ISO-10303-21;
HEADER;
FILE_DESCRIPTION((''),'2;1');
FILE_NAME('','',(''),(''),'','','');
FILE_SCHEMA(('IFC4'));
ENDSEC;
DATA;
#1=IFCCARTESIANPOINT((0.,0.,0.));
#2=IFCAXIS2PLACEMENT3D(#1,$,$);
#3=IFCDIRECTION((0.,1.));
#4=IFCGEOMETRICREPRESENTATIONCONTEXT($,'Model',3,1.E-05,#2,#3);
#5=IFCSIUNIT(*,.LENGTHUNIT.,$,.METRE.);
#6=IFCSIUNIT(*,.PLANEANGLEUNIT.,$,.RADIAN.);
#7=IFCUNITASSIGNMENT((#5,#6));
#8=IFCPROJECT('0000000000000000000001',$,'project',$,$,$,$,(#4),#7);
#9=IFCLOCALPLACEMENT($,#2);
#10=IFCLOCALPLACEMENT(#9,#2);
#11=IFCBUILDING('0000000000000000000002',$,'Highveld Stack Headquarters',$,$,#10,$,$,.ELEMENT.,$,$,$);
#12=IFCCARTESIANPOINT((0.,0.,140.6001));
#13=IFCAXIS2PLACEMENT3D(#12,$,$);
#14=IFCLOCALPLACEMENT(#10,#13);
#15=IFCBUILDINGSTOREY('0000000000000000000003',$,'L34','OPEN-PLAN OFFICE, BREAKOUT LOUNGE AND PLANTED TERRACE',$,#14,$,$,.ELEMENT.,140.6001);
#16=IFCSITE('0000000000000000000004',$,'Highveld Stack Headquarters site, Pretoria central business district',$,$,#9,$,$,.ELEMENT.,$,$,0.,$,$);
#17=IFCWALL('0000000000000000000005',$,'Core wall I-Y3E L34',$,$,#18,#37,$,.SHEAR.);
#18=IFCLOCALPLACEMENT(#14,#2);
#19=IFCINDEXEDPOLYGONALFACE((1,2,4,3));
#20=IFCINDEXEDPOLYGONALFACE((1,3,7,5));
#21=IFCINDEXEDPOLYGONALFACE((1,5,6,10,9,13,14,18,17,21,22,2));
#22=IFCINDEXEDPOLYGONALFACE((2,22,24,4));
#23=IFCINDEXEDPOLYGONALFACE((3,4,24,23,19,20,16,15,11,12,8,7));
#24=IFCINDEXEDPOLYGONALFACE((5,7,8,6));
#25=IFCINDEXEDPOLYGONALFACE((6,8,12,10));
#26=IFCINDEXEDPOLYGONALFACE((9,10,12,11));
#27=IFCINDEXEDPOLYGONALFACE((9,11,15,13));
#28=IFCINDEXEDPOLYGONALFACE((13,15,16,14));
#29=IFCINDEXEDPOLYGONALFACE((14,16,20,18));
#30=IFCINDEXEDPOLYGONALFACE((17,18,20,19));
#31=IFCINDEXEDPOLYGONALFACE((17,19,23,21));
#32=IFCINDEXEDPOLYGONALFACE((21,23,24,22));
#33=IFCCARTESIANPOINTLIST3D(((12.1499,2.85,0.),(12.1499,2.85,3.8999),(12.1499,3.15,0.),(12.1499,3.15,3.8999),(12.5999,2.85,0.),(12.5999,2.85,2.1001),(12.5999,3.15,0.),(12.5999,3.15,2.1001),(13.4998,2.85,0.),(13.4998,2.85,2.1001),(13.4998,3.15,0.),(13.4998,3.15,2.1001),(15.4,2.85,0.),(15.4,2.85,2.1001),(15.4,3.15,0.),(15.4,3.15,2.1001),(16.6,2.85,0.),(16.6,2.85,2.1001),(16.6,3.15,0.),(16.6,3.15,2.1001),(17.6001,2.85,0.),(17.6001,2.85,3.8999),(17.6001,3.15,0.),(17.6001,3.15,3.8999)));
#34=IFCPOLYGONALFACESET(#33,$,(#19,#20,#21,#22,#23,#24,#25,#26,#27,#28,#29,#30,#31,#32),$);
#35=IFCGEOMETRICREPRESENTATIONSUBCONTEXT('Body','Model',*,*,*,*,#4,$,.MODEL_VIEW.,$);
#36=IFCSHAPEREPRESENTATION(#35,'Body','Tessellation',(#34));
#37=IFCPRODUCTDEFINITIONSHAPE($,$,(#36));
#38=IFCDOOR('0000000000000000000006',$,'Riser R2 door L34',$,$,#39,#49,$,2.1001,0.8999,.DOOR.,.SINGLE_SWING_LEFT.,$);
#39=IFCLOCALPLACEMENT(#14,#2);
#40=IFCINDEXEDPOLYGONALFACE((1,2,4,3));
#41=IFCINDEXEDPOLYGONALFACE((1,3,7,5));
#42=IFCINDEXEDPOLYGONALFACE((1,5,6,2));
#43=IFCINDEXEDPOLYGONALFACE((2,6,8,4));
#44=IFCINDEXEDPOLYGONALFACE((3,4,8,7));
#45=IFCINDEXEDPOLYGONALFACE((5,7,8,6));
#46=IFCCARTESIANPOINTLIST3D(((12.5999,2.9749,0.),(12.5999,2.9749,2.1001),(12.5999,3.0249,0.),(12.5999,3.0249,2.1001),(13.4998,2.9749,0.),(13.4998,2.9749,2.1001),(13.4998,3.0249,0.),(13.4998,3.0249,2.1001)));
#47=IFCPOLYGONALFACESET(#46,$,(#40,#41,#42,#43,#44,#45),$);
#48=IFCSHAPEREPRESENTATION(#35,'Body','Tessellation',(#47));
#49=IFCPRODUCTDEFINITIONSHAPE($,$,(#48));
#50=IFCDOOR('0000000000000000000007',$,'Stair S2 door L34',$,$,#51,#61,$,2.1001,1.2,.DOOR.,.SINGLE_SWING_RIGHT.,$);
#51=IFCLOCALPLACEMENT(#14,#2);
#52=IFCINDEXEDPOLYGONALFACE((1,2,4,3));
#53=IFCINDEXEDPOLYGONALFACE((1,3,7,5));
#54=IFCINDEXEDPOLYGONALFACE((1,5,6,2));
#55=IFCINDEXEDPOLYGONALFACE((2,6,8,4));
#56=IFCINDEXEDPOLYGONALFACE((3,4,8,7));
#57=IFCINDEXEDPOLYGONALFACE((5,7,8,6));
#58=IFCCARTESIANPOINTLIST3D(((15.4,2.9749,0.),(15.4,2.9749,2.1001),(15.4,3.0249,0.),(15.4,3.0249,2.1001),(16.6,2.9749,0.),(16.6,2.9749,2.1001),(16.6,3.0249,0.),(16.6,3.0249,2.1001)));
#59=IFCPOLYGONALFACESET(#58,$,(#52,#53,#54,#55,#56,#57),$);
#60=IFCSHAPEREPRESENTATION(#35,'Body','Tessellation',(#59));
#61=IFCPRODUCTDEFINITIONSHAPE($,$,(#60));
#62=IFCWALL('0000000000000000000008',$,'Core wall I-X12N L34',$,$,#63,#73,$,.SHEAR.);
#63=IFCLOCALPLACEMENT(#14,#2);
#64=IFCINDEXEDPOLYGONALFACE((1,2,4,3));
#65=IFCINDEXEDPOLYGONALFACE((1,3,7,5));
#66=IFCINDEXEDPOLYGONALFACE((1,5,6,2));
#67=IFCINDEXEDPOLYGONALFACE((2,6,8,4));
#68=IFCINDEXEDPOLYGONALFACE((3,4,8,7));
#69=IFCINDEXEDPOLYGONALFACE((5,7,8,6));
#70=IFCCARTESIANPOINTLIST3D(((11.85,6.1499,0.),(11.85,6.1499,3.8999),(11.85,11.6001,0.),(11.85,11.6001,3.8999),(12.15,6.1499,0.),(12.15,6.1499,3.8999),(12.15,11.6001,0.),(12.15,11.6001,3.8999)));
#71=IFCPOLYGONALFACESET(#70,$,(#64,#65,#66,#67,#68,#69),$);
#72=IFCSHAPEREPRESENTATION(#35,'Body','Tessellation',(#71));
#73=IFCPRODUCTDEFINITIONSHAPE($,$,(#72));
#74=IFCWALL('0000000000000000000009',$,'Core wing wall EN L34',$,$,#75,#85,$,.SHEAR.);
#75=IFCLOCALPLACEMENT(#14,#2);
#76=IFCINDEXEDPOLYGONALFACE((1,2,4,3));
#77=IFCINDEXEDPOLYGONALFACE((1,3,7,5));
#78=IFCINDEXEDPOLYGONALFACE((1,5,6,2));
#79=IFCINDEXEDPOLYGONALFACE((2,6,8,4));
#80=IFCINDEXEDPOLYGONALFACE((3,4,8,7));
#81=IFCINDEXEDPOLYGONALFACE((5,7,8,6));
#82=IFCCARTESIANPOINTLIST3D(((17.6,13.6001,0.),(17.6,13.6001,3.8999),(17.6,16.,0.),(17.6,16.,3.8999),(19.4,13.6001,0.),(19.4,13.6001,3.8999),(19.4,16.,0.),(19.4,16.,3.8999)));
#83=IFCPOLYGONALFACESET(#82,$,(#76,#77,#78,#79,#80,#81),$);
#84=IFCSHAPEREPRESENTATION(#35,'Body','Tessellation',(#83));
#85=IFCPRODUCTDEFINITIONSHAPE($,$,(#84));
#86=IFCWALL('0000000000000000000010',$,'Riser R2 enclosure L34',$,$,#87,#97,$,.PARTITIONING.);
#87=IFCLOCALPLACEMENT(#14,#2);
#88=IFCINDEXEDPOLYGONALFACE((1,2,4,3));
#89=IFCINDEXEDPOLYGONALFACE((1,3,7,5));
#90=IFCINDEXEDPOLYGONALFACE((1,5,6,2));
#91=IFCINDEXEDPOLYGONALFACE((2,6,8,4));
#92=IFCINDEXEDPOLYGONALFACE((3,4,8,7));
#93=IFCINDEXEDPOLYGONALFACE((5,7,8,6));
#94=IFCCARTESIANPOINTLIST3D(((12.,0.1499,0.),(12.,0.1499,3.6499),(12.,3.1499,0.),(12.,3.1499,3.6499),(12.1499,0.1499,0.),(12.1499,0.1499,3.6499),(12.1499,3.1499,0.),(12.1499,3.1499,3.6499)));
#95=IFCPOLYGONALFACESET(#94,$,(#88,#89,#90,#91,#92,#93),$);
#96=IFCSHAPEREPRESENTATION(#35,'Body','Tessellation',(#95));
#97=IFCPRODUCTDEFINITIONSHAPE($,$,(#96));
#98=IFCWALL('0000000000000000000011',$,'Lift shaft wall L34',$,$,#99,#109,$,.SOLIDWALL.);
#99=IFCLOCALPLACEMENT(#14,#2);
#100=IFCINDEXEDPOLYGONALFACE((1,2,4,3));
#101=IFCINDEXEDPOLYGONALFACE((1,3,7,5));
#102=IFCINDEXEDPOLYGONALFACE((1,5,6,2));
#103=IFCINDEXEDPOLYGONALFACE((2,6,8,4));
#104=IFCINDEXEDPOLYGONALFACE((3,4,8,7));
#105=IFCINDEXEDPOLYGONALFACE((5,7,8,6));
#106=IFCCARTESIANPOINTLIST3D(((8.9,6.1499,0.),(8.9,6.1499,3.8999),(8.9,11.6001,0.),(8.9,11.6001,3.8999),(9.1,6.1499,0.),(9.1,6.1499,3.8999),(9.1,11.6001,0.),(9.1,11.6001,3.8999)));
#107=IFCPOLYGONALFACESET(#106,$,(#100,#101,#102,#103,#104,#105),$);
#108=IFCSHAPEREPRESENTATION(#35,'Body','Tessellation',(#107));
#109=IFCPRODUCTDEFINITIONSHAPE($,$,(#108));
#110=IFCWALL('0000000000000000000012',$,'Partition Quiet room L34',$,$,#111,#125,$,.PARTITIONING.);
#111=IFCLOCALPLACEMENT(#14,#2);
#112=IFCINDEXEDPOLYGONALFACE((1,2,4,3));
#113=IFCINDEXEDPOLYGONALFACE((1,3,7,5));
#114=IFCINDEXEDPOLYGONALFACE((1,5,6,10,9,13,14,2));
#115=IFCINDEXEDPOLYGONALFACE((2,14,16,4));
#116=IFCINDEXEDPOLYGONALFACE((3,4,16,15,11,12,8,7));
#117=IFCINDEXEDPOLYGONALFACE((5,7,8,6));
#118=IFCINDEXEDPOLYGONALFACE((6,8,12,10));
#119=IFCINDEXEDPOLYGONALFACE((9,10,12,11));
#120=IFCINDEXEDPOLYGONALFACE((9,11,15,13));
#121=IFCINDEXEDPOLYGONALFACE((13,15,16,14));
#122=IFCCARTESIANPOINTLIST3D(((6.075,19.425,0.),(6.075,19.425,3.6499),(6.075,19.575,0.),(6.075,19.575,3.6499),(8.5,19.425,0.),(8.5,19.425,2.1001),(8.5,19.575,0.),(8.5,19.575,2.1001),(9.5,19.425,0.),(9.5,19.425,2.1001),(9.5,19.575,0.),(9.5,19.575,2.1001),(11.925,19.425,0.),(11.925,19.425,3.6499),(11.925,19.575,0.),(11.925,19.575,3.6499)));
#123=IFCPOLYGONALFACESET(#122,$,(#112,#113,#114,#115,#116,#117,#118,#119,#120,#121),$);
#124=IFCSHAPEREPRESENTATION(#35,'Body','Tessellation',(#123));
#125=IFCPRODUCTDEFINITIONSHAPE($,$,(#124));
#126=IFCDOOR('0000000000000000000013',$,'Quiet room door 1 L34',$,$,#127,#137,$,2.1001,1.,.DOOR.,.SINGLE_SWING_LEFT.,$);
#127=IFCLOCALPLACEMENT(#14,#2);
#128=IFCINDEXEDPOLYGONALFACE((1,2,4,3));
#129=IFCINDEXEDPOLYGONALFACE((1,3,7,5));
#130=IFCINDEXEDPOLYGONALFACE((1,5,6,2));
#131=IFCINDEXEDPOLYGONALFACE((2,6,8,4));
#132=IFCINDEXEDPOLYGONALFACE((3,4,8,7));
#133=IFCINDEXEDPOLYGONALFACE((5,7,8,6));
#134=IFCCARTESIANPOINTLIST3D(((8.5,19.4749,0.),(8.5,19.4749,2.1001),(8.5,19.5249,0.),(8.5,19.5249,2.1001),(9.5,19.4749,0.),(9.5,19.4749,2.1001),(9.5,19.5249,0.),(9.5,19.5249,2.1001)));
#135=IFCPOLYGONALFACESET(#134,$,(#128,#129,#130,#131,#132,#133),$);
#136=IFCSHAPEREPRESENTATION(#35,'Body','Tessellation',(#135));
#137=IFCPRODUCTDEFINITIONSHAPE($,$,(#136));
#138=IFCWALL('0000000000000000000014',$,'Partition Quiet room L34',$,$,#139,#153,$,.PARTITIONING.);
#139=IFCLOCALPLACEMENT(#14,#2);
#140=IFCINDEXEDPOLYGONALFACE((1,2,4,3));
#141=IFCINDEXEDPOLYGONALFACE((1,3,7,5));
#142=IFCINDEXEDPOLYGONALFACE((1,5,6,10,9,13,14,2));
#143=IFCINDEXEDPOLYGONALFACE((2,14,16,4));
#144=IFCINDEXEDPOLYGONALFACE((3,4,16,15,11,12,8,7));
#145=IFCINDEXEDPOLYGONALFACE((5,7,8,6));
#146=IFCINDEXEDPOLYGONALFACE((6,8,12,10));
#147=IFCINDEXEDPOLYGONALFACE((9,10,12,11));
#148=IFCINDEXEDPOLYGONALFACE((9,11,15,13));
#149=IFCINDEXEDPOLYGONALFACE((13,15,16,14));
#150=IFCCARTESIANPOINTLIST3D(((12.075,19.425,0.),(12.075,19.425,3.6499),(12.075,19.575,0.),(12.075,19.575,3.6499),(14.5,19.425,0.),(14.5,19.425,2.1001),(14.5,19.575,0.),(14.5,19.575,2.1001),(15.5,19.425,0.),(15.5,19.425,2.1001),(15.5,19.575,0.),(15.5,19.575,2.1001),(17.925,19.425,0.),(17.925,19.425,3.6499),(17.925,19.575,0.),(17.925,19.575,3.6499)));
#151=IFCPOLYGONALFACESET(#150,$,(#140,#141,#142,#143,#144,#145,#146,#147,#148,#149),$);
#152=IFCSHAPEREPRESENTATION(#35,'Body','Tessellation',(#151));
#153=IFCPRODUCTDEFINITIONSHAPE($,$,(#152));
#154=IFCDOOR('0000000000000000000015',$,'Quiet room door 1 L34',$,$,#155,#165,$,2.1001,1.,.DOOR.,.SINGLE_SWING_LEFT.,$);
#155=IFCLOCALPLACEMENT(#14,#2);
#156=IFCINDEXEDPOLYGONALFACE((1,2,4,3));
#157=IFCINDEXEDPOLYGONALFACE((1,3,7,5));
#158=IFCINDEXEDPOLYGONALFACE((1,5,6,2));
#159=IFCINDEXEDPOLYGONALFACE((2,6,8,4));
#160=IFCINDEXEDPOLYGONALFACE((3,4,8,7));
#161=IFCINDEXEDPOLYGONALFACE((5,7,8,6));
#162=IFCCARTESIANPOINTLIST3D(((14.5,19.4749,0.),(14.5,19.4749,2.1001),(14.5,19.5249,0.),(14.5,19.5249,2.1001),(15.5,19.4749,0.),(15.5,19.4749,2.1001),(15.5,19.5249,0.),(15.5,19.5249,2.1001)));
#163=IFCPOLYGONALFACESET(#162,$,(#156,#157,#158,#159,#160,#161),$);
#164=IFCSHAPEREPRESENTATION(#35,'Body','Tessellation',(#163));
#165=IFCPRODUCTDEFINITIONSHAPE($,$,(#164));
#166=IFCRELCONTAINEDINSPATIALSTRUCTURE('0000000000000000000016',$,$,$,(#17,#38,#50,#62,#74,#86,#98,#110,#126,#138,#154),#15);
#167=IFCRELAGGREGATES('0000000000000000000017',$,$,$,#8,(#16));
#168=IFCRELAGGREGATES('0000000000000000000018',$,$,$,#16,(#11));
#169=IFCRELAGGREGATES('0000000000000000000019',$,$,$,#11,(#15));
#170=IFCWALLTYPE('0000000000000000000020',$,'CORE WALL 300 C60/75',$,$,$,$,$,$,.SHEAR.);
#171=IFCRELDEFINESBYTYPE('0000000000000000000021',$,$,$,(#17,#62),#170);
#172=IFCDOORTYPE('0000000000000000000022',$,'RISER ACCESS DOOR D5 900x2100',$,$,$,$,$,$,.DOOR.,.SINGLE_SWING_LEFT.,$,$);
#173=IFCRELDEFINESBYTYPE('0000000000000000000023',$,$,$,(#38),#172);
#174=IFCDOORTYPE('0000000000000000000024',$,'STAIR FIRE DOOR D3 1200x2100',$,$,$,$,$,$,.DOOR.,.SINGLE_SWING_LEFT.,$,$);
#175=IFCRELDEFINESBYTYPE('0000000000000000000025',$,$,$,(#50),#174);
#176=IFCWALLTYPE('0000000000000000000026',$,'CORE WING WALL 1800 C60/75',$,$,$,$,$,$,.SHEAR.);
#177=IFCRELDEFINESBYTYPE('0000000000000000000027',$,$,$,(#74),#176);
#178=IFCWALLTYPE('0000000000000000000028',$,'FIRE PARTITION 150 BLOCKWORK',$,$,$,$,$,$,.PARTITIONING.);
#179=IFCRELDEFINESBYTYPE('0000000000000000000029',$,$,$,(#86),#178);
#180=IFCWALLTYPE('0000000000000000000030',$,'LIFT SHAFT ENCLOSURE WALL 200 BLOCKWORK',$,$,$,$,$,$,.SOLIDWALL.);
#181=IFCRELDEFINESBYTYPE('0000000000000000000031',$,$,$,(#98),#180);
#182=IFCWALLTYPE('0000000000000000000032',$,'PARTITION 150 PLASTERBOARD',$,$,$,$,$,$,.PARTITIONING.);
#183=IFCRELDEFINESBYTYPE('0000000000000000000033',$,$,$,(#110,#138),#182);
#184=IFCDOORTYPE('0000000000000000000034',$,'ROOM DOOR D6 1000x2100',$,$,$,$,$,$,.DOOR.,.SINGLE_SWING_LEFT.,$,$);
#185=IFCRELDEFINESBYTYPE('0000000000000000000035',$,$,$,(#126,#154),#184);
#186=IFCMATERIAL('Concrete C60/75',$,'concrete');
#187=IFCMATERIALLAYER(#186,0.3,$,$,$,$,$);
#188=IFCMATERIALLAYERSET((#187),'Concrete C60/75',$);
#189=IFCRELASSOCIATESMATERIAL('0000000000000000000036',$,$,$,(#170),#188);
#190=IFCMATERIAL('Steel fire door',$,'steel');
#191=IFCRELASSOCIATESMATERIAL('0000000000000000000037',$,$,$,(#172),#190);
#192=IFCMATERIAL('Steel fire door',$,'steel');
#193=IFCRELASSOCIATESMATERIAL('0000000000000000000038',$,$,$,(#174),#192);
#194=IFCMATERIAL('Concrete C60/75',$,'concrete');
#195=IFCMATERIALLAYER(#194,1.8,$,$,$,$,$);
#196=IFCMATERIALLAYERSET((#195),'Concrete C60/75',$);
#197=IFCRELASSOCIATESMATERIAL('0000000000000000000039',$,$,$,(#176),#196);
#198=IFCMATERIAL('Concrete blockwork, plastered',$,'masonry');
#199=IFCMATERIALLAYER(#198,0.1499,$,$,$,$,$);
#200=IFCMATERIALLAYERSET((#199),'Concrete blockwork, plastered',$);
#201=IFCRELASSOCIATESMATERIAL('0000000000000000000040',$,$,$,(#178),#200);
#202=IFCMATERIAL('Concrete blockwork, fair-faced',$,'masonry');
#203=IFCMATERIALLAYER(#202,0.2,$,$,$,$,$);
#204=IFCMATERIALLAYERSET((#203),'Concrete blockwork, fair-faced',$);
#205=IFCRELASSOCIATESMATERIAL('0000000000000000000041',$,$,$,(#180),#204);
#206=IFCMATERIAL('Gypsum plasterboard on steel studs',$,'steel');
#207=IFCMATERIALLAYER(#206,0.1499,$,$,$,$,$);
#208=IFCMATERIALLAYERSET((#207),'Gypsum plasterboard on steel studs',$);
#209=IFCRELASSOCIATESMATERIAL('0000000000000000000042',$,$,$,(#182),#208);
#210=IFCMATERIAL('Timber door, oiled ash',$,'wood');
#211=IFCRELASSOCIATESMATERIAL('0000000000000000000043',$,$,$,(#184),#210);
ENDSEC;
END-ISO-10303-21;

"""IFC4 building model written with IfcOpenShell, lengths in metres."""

from ifc_helpers import new_model, si_unit, direction, frame, frame_2d, origin, place, context, subcontext, project, spatial, rectangle, extrude, material, layer, layer_set, type_object, element, fill, save


model = new_model("IFC4")

# Units and contexts
model_context = context("Model", 3, precision=1e-05, world=origin(), true_north=direction((0.0, 1.0)))
body_context = subcontext(model_context, "Body", "Model", "MODEL_VIEW")
ifc_project = project(units=[si_unit("LENGTHUNIT", "METRE"), si_unit("PLANEANGLEUNIT", "RADIAN")], contexts=[model_context])

# Site, building, storey
site_placement = place(None, origin())
site = spatial("IfcSite", under=ifc_project, at=site_placement, Name="Highveld Stack Headquarters site, Pretoria central business district", CompositionType="ELEMENT", RefElevation=0.0)
building_placement = place(site_placement, origin())
building = spatial("IfcBuilding", under=site, at=building_placement, Name="Highveld Stack Headquarters", CompositionType="ELEMENT")
storey_placement = place(building_placement, frame((0.0, 0.0, 140.6001)))
storey = spatial("IfcBuildingStorey", under=building, at=storey_placement, Name="L34", Description="OPEN-PLAN OFFICE, BREAKOUT LOUNGE AND PLANTED TERRACE", CompositionType="ELEMENT", Elevation=140.6001)

# Wall, openings, doors
ifc_material_1 = material(Name="Concrete C60/75", Category="concrete")
ifc_layer_1 = layer(ifc_material_1, 0.3)
ifc_layer_set_1 = layer_set([ifc_layer_1], Name="Concrete C60/75")
wall_type_1 = type_object("IfcWallType", Name="CORE WALL 300 C60/75", PredefinedType="SHEAR", material=ifc_layer_set_1)
wall_1_placement = place(storey_placement, frame((12.1499, 3.0, 0.0), z_axis=(0.0, 0.0, 1.0), x_axis=(1.0, 0.0, 0.0)))
wall_1 = element("IfcWall", 1, at=wall_1_placement, inside=storey, type_object=wall_type_1, Name="Core wall I-Y3E L34", PredefinedType="SHEAR", context=body_context, shape_type="SweptSolid", body=[
    extrude(rectangle(XDim=5.4502, YDim=0.3, at=frame_2d((2.7251, 0.0))), origin(), (0.0, 0.0, 1.0), 3.8999),
])
opening_1_placement = place(wall_1_placement, frame((3.25, 0.0, 0.0)))
opening_1 = element("IfcOpeningElement", 2, at=opening_1_placement, cuts=wall_1, PredefinedType="OPENING", context=body_context, shape_type="SweptSolid", body=[
    extrude(rectangle(XDim=1.2, YDim=2.1001, at=frame_2d((0.6001, 1.05))), frame((0.0, 0.1599, 0.0), z_axis=(0.0, -1.0, 0.0), x_axis=(1.0, 0.0, 0.0)), (0.0, 0.0, 1.0), 0.3201),
])
opening_2_placement = place(wall_1_placement, frame((0.45, 0.0, 0.0)))
opening_2 = element("IfcOpeningElement", 3, at=opening_2_placement, cuts=wall_1, PredefinedType="OPENING", context=body_context, shape_type="SweptSolid", body=[
    extrude(rectangle(XDim=0.8999, YDim=2.1001, at=frame_2d((0.45, 1.05))), frame((0.0, 0.1599, 0.0), z_axis=(0.0, -1.0, 0.0), x_axis=(1.0, 0.0, 0.0)), (0.0, 0.0, 1.0), 0.3201),
])
ifc_material_2 = material(Name="Steel fire door", Category="steel")
door_type_1 = type_object("IfcDoorType", Name="RISER ACCESS DOOR D5 900x2100", OperationType="SINGLE_SWING_LEFT", PredefinedType="DOOR", material=ifc_material_2)
door_1_placement = place(opening_2_placement, origin())
door_1 = element("IfcDoor", 4, at=door_1_placement, inside=storey, type_object=door_type_1, Name="Riser R2 door L34", OperationType="SINGLE_SWING_LEFT", OverallHeight=2.1001, OverallWidth=0.8999, PredefinedType="DOOR", context=body_context, shape_type="SweptSolid", body=[
    extrude(rectangle(XDim=0.8999, YDim=2.1001, at=frame_2d((0.45, 1.05))), frame((0.0, 0.0249, 0.0), z_axis=(0.0, -1.0, 0.0), x_axis=(1.0, 0.0, 0.0)), (0.0, 0.0, 1.0), 0.05),
])
fill(opening_2, door_1)
ifc_material_3 = material(Name="Steel fire door", Category="steel")
door_type_2 = type_object("IfcDoorType", Name="STAIR FIRE DOOR D3 1200x2100", OperationType="SINGLE_SWING_LEFT", PredefinedType="DOOR", material=ifc_material_3)
door_2_placement = place(opening_1_placement, origin())
door_2 = element("IfcDoor", 5, at=door_2_placement, inside=storey, type_object=door_type_2, Name="Stair S2 door L34", OperationType="SINGLE_SWING_RIGHT", OverallHeight=2.1001, OverallWidth=1.2, PredefinedType="DOOR", context=body_context, shape_type="SweptSolid", body=[
    extrude(rectangle(XDim=1.2, YDim=2.1001, at=frame_2d((0.6001, 1.05))), frame((0.0, 0.0249, 0.0), z_axis=(0.0, -1.0, 0.0), x_axis=(1.0, 0.0, 0.0)), (0.0, 0.0, 1.0), 0.05),
])
fill(opening_1, door_2)

# Walls
wall_2_placement = place(storey_placement, frame((12.0, 6.1499, 0.0), z_axis=(0.0, 0.0, 1.0), x_axis=(0.0, 1.0, 0.0)))
element("IfcWall", 6, at=wall_2_placement, inside=storey, type_object=wall_type_1, Name="Core wall I-X12N L34", PredefinedType="SHEAR", context=body_context, shape_type="SweptSolid", body=[
    extrude(rectangle(XDim=5.4502, YDim=0.3, at=frame_2d((2.7251, 0.0))), origin(), (0.0, 0.0, 1.0), 3.8999),
])
ifc_material_4 = material(Name="Concrete C60/75", Category="concrete")
ifc_layer_2 = layer(ifc_material_4, 1.8)
ifc_layer_set_2 = layer_set([ifc_layer_2], Name="Concrete C60/75")
wall_type_2 = type_object("IfcWallType", Name="CORE WING WALL 1800 C60/75", PredefinedType="SHEAR", material=ifc_layer_set_2)
wall_3_placement = place(storey_placement, frame((18.5, 13.6001, 0.0), z_axis=(0.0, 0.0, 1.0), x_axis=(0.0, 1.0, 0.0)))
element("IfcWall", 7, at=wall_3_placement, inside=storey, type_object=wall_type_2, Name="Core wing wall EN L34", PredefinedType="SHEAR", context=body_context, shape_type="SweptSolid", body=[
    extrude(rectangle(XDim=2.3999, YDim=1.8, at=frame_2d((1.2, 0.0))), origin(), (0.0, 0.0, 1.0), 3.8999),
])
ifc_material_5 = material(Name="Concrete blockwork, plastered", Category="masonry")
ifc_layer_3 = layer(ifc_material_5, 0.1499)
ifc_layer_set_3 = layer_set([ifc_layer_3], Name="Concrete blockwork, plastered")
wall_type_3 = type_object("IfcWallType", Name="FIRE PARTITION 150 BLOCKWORK", PredefinedType="PARTITIONING", material=ifc_layer_set_3)
wall_4_placement = place(storey_placement, frame((12.075, 0.1499, 0.0), z_axis=(0.0, 0.0, 1.0), x_axis=(0.0, 1.0, 0.0)))
element("IfcWall", 8, at=wall_4_placement, inside=storey, type_object=wall_type_3, Name="Riser R2 enclosure L34", PredefinedType="PARTITIONING", context=body_context, shape_type="SweptSolid", body=[
    extrude(rectangle(XDim=3.0, YDim=0.1499, at=frame_2d((1.5, 0.0))), origin(), (0.0, 0.0, 1.0), 3.6499),
])
ifc_material_6 = material(Name="Concrete blockwork, fair-faced", Category="masonry")
ifc_layer_4 = layer(ifc_material_6, 0.2)
ifc_layer_set_4 = layer_set([ifc_layer_4], Name="Concrete blockwork, fair-faced")
wall_type_4 = type_object("IfcWallType", Name="LIFT SHAFT ENCLOSURE WALL 200 BLOCKWORK", PredefinedType="SOLIDWALL", material=ifc_layer_set_4)
wall_5_placement = place(storey_placement, frame((9.0, 6.1499, 0.0), z_axis=(0.0, 0.0, 1.0), x_axis=(0.0, 1.0, 0.0)))
element("IfcWall", 9, at=wall_5_placement, inside=storey, type_object=wall_type_4, Name="Lift shaft wall L34", PredefinedType="SOLIDWALL", context=body_context, shape_type="SweptSolid", body=[
    extrude(rectangle(XDim=5.4502, YDim=0.2, at=frame_2d((2.7251, 0.0))), origin(), (0.0, 0.0, 1.0), 3.8999),
])

# Walls, openings, doors
ifc_material_7 = material(Name="Gypsum plasterboard on steel studs", Category="steel")
ifc_layer_5 = layer(ifc_material_7, 0.1499)
ifc_layer_set_5 = layer_set([ifc_layer_5], Name="Gypsum plasterboard on steel studs")
wall_type_5 = type_object("IfcWallType", Name="PARTITION 150 PLASTERBOARD", PredefinedType="PARTITIONING", material=ifc_layer_set_5)
wall_6_placement = place(storey_placement, frame((6.075, 19.5, 0.0), z_axis=(0.0, 0.0, 1.0), x_axis=(1.0, 0.0, 0.0)))
wall_6 = element("IfcWall", 10, at=wall_6_placement, inside=storey, type_object=wall_type_5, Name="Partition Quiet room L34", PredefinedType="PARTITIONING", context=body_context, shape_type="SweptSolid", body=[
    extrude(rectangle(XDim=5.8501, YDim=0.1499, at=frame_2d((2.925, 0.0))), origin(), (0.0, 0.0, 1.0), 3.6499),
])
opening_3_placement = place(wall_6_placement, frame((2.425, 0.0, 0.0)))
opening_3 = element("IfcOpeningElement", 11, at=opening_3_placement, cuts=wall_6, PredefinedType="OPENING", context=body_context, shape_type="SweptSolid", body=[
    extrude(rectangle(XDim=1.0, YDim=2.1001, at=frame_2d((0.5, 1.05))), frame((0.0, 0.085, 0.0), z_axis=(0.0, -1.0, 0.0), x_axis=(1.0, 0.0, 0.0)), (0.0, 0.0, 1.0), 0.1699),
])
ifc_material_8 = material(Name="Timber door, oiled ash", Category="wood")
door_type_3 = type_object("IfcDoorType", Name="ROOM DOOR D6 1000x2100", OperationType="SINGLE_SWING_LEFT", PredefinedType="DOOR", material=ifc_material_8)
door_3_placement = place(opening_3_placement, origin())
door_3 = element("IfcDoor", 12, at=door_3_placement, inside=storey, type_object=door_type_3, Name="Quiet room door 1 L34", OperationType="SINGLE_SWING_LEFT", OverallHeight=2.1001, OverallWidth=1.0, PredefinedType="DOOR", context=body_context, shape_type="SweptSolid", body=[
    extrude(rectangle(XDim=1.0, YDim=2.1001, at=frame_2d((0.5, 1.05))), frame((0.0, 0.0249, 0.0), z_axis=(0.0, -1.0, 0.0), x_axis=(1.0, 0.0, 0.0)), (0.0, 0.0, 1.0), 0.05),
])
fill(opening_3, door_3)
wall_7_placement = place(storey_placement, frame((12.075, 19.5, 0.0), z_axis=(0.0, 0.0, 1.0), x_axis=(1.0, 0.0, 0.0)))
wall_7 = element("IfcWall", 13, at=wall_7_placement, inside=storey, type_object=wall_type_5, Name="Partition Quiet room L34", PredefinedType="PARTITIONING", context=body_context, shape_type="SweptSolid", body=[
    extrude(rectangle(XDim=5.8501, YDim=0.1499, at=frame_2d((2.925, 0.0))), origin(), (0.0, 0.0, 1.0), 3.6499),
])
opening_4_placement = place(wall_7_placement, frame((2.425, 0.0, 0.0)))
opening_4 = element("IfcOpeningElement", 14, at=opening_4_placement, cuts=wall_7, PredefinedType="OPENING", context=body_context, shape_type="SweptSolid", body=[
    extrude(rectangle(XDim=1.0, YDim=2.1001, at=frame_2d((0.5, 1.05))), frame((0.0, 0.085, 0.0), z_axis=(0.0, -1.0, 0.0), x_axis=(1.0, 0.0, 0.0)), (0.0, 0.0, 1.0), 0.1699),
])
door_4_placement = place(opening_4_placement, origin())
door_4 = element("IfcDoor", 15, at=door_4_placement, inside=storey, type_object=door_type_3, Name="Quiet room door 1 L34", OperationType="SINGLE_SWING_LEFT", OverallHeight=2.1001, OverallWidth=1.0, PredefinedType="DOOR", context=body_context, shape_type="SweptSolid", body=[
    extrude(rectangle(XDim=1.0, YDim=2.1001, at=frame_2d((0.5, 1.05))), frame((0.0, 0.0249, 0.0), z_axis=(0.0, -1.0, 0.0), x_axis=(1.0, 0.0, 0.0)), (0.0, 0.0, 1.0), 0.05),
])
fill(opening_4, door_4)

save(model, "model.ifc")
